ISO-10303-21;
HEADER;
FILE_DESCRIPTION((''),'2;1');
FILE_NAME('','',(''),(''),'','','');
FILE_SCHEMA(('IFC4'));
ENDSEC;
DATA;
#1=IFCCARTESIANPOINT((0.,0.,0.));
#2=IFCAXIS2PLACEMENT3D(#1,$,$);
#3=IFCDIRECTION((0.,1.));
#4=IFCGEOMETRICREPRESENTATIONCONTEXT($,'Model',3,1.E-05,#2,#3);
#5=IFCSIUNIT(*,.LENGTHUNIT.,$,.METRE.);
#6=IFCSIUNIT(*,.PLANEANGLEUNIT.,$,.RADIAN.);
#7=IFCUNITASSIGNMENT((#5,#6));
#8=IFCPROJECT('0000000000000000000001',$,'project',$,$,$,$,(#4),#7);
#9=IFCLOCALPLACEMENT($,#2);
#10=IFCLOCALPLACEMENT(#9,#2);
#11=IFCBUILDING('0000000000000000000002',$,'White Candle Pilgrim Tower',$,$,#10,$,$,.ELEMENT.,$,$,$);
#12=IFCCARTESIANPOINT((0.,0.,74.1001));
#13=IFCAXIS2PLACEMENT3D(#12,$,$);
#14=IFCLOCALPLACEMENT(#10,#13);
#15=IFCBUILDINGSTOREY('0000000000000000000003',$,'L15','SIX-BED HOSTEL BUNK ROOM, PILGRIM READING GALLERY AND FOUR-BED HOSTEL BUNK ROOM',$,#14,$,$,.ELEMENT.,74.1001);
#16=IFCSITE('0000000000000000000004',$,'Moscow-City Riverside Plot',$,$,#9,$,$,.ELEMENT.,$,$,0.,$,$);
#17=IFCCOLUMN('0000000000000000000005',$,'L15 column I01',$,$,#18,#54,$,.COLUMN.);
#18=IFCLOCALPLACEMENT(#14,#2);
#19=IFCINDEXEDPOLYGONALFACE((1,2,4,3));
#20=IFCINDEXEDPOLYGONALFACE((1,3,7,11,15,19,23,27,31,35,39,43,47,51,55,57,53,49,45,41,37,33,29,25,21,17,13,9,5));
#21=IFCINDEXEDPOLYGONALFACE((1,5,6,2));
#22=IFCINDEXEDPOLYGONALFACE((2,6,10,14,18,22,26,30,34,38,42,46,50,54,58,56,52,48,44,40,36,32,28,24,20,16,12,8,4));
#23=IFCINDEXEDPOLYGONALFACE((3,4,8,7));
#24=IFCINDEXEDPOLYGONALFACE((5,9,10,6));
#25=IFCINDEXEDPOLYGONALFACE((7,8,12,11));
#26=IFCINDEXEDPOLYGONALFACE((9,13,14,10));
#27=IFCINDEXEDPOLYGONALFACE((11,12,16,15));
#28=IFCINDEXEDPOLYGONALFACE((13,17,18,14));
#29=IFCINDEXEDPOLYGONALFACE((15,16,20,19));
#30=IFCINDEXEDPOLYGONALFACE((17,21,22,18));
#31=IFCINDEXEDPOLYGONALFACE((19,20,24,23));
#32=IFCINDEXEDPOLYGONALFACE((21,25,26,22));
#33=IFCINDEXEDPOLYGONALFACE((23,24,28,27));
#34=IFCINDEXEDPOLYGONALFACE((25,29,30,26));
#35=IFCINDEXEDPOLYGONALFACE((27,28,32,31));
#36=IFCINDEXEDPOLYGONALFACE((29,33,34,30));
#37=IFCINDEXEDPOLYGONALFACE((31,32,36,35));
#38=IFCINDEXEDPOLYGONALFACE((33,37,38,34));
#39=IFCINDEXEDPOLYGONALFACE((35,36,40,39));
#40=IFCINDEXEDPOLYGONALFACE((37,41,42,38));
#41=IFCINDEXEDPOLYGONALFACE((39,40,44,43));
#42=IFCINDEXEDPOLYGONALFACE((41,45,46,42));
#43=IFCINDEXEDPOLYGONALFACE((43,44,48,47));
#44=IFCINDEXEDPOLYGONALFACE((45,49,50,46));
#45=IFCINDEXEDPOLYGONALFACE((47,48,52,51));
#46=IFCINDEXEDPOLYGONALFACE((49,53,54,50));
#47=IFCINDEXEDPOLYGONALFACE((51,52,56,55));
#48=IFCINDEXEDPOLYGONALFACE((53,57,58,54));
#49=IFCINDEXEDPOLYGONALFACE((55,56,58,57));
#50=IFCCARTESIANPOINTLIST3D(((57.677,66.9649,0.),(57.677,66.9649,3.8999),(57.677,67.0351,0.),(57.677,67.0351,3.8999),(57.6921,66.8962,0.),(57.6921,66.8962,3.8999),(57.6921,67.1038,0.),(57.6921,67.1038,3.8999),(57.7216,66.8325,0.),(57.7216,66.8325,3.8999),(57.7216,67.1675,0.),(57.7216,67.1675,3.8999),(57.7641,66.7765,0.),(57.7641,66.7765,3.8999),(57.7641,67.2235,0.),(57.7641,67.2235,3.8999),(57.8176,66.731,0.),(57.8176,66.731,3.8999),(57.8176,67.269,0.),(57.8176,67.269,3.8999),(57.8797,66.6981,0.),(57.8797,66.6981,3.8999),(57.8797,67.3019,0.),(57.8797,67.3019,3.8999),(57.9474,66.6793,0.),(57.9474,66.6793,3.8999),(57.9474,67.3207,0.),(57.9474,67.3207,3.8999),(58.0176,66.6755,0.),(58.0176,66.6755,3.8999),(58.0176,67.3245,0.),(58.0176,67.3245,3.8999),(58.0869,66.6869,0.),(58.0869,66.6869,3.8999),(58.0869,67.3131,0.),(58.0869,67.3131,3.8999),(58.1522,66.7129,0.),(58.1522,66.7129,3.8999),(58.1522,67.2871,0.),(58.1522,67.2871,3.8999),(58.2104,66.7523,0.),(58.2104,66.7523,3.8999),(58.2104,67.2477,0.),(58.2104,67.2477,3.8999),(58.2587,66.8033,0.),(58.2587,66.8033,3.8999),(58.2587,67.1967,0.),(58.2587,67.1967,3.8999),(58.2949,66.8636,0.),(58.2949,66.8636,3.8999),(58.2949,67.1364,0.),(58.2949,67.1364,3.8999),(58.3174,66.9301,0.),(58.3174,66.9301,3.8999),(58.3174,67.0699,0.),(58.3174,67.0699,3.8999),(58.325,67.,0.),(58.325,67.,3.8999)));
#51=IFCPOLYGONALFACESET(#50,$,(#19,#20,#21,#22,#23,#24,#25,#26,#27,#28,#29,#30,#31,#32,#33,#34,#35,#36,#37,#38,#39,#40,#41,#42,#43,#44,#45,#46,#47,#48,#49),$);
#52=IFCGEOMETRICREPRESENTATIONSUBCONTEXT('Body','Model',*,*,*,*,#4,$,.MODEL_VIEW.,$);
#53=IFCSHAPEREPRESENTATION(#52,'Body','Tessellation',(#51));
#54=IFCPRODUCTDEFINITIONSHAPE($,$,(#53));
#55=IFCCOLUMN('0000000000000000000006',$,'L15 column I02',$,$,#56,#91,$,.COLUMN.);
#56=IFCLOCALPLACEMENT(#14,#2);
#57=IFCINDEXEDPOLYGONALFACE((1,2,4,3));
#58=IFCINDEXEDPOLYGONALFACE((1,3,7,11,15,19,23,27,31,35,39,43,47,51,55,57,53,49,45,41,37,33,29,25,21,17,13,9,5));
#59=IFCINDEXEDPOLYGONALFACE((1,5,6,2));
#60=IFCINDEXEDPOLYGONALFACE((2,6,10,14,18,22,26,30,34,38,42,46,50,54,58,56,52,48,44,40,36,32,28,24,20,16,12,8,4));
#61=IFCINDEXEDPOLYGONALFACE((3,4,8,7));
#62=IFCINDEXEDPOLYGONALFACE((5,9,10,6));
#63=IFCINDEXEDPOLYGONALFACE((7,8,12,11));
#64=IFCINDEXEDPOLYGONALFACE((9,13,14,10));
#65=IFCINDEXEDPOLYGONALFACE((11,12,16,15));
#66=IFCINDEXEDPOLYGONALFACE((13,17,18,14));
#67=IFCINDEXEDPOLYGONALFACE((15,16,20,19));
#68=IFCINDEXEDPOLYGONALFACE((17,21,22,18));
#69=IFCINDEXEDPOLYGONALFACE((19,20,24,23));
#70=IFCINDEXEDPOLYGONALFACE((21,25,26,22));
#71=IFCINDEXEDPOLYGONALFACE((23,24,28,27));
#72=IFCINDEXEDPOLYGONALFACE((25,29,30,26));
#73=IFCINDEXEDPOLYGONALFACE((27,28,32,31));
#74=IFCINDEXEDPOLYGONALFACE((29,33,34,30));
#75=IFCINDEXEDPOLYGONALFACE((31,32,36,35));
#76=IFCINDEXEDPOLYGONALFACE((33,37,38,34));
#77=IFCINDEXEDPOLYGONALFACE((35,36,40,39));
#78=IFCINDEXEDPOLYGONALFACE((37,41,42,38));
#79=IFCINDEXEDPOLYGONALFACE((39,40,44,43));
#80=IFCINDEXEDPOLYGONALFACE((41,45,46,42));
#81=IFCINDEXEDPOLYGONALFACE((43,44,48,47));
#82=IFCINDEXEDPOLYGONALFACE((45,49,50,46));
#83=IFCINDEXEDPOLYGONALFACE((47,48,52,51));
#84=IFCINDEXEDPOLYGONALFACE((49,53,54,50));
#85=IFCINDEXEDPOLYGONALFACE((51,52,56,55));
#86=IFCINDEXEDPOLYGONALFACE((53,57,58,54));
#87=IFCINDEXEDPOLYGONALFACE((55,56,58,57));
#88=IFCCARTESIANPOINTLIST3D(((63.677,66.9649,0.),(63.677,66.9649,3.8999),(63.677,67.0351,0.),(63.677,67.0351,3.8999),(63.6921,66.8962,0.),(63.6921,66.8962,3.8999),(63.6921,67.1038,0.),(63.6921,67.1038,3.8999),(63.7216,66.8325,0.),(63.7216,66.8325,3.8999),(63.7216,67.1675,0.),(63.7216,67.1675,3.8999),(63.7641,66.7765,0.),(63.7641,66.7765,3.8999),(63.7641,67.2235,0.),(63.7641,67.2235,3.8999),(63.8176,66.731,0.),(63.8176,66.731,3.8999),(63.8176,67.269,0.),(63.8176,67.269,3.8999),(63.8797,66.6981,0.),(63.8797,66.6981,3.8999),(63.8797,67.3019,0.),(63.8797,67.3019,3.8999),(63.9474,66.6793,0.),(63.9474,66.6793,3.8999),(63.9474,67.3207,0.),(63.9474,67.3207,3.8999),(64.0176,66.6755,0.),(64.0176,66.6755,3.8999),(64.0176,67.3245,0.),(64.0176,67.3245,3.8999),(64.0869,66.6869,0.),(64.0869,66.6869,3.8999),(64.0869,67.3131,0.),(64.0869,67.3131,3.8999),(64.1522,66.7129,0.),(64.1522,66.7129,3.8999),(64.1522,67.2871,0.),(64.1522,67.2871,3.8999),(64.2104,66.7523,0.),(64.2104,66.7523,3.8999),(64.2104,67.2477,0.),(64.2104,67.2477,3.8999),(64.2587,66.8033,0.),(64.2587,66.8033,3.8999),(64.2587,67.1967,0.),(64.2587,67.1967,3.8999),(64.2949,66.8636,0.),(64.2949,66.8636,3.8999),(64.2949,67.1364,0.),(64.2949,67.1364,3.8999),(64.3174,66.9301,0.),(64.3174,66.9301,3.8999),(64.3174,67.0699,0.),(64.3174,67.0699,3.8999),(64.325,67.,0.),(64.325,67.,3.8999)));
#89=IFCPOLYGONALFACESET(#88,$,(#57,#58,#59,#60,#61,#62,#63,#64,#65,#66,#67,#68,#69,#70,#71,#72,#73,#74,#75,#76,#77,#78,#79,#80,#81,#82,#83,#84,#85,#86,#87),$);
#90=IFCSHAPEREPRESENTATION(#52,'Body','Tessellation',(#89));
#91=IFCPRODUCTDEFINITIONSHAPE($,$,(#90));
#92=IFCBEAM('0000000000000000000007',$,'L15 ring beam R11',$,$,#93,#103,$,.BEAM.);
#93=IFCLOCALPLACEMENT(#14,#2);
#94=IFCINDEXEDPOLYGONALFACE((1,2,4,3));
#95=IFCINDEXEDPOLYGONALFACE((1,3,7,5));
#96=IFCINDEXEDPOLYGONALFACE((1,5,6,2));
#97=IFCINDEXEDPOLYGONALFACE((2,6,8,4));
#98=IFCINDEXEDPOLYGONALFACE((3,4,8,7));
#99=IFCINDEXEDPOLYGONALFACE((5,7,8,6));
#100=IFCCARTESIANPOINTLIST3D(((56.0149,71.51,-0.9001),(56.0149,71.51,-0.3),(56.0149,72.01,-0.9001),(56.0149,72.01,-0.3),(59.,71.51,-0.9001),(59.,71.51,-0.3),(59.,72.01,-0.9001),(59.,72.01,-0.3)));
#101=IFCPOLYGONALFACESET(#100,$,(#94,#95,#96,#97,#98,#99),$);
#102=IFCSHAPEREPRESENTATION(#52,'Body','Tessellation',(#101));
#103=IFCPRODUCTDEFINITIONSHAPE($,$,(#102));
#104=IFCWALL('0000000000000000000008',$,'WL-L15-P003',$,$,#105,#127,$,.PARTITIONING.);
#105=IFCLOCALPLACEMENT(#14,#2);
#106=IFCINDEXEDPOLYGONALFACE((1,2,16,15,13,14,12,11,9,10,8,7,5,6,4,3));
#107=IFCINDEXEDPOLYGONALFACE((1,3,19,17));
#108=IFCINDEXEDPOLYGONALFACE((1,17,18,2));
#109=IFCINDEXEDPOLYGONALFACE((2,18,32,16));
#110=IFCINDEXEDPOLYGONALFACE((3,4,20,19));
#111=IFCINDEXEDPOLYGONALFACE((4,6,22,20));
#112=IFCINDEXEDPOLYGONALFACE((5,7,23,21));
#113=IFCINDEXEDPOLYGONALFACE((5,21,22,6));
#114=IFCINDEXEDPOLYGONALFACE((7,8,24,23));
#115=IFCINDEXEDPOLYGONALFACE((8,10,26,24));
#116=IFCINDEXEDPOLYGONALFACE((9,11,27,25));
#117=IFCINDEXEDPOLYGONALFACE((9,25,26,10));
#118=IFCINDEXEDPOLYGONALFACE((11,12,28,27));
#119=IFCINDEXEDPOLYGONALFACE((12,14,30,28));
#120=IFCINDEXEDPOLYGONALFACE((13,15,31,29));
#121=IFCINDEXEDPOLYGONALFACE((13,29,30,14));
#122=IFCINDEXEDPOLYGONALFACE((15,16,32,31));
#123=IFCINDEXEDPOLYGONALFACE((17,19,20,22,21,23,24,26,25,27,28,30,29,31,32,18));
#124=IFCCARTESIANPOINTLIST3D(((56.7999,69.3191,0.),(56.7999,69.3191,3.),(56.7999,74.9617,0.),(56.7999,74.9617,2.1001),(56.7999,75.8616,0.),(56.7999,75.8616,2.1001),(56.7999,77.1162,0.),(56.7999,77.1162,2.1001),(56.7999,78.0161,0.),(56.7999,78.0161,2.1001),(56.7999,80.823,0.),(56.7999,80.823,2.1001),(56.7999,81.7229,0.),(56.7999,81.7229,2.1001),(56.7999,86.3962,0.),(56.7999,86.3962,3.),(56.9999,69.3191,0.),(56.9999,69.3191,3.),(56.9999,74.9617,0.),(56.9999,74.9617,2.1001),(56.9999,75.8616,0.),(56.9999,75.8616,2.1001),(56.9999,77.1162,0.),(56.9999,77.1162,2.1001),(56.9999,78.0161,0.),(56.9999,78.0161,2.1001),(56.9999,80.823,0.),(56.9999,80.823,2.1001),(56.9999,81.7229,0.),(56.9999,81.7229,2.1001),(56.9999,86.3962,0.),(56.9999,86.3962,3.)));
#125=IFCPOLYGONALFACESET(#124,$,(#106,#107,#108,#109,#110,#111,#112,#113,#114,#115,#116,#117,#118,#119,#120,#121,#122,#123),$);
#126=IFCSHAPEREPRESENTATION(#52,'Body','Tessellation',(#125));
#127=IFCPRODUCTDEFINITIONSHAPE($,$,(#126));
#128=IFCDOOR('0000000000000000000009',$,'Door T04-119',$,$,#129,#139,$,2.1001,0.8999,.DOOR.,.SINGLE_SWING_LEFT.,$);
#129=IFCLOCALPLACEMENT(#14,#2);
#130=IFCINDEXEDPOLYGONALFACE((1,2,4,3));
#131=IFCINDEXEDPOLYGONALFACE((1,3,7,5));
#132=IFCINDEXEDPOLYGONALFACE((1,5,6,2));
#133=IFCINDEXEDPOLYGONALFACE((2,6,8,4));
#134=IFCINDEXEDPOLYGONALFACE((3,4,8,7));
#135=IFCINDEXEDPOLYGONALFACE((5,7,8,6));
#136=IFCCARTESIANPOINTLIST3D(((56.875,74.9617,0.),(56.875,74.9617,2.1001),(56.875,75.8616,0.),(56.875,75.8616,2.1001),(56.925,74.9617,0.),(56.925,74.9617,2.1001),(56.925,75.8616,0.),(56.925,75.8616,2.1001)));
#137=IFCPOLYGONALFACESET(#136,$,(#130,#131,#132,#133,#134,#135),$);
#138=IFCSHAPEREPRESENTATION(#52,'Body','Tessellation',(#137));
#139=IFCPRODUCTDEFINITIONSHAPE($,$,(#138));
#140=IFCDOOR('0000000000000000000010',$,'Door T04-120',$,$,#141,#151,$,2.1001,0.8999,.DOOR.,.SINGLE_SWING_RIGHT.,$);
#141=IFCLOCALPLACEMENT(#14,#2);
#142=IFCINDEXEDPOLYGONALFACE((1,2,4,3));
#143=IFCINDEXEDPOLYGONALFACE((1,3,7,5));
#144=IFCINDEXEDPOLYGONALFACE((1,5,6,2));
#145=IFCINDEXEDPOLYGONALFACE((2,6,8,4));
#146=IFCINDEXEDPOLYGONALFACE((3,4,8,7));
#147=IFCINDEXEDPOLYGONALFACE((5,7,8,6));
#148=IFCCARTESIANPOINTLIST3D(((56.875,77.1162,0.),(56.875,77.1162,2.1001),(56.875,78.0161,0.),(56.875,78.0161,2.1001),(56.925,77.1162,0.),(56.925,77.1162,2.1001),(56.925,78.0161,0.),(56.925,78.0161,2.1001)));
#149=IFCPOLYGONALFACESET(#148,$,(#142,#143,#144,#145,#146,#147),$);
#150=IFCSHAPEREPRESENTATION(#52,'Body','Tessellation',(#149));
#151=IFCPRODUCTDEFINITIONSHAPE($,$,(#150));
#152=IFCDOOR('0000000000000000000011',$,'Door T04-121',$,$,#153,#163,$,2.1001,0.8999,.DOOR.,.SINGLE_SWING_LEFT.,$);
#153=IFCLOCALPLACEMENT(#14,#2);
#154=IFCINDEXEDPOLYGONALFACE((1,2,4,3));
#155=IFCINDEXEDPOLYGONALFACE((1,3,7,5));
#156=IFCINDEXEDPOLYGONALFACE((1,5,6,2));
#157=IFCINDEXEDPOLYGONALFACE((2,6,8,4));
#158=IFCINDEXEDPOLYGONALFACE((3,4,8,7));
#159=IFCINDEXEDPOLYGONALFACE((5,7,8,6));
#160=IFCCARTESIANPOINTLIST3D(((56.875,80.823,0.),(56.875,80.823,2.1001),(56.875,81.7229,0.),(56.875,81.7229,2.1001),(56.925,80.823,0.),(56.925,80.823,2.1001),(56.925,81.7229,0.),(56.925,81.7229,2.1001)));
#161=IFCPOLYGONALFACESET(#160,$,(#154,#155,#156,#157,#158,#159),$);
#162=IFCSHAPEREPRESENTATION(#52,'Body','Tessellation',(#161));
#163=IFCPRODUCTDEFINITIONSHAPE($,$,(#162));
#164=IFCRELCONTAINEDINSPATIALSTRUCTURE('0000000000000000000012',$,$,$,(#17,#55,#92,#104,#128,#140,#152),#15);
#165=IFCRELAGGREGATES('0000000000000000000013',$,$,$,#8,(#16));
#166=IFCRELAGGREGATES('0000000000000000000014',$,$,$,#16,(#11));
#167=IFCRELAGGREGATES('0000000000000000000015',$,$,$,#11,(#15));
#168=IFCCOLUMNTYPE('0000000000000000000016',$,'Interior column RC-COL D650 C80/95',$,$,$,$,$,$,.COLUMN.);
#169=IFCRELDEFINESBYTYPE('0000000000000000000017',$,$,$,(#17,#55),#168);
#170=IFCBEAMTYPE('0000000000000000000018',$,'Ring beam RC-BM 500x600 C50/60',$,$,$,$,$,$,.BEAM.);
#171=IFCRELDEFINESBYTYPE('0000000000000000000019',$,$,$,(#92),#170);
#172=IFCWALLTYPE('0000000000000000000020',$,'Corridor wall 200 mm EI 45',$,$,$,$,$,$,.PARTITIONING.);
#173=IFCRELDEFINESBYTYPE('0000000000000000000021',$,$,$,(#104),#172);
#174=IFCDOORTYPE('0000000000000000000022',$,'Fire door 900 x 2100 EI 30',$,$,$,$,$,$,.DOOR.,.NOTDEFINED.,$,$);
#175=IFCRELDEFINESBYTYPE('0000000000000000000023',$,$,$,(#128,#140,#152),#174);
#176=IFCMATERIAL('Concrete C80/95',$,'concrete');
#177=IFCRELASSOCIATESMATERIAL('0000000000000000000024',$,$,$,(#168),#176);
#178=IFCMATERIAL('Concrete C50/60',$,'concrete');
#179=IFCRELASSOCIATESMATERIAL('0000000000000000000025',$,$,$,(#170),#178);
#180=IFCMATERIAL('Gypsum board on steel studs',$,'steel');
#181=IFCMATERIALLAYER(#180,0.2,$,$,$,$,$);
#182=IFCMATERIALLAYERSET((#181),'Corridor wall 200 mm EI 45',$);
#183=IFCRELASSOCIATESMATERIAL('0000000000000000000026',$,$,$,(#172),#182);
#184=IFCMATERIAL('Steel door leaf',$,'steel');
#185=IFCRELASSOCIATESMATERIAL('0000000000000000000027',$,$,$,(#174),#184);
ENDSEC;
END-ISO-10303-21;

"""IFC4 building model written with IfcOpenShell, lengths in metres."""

from ifc_helpers import new_model, si_unit, direction, frame, frame_2d, origin, origin_2d, place, context, subcontext, project, spatial, rectangle, circle, extrude, material, layer, layer_set, material_profile, profile_set, type_object, element, fill, save


model = new_model("IFC4")

# Units and contexts
model_context = context("Model", 3, precision=1e-05, world=origin(), true_north=direction((0.0, 1.0)))
body_context = subcontext(model_context, "Body", "Model", "MODEL_VIEW")
ifc_project = project(units=[si_unit("LENGTHUNIT", "METRE"), si_unit("PLANEANGLEUNIT", "RADIAN")], contexts=[model_context])

# Site, building, storey
site_placement = place(None, origin())
site = spatial("IfcSite", under=ifc_project, at=site_placement, Name="Moscow-City Riverside Plot", CompositionType="ELEMENT", RefElevation=0.0)
building_placement = place(site_placement, origin())
building = spatial("IfcBuilding", under=site, at=building_placement, Name="White Candle Pilgrim Tower", CompositionType="ELEMENT")
storey_placement = place(building_placement, frame((0.0, 0.0, 74.1001)))
storey = spatial("IfcBuildingStorey", under=building, at=storey_placement, Name="L15", Description="SIX-BED HOSTEL BUNK ROOM, PILGRIM READING GALLERY AND FOUR-BED HOSTEL BUNK ROOM", CompositionType="ELEMENT", Elevation=74.1001)

# Columns
ifc_material_1 = material(Name="Concrete C80/95", Category="concrete")
ifc_material_profile_1 = material_profile(ifc_material_1, circle(Radius=0.325, at=origin_2d()), Name="RC-COL D650")
ifc_profile_set_1 = profile_set([ifc_material_profile_1], Name="Concrete C80/95")
column_type = type_object("IfcColumnType", Name="Interior column RC-COL D650 C80/95", PredefinedType="COLUMN", material=ifc_profile_set_1)
for number, where, z_axis, x_axis, name in (
    (1, (58.0, 67.0, 0.0), (0.0, 0.0, 1.0), (1.0, 0.0, 0.0), "L15 column I01"),
    (2, (64.0, 67.0, 0.0), (0.0, 0.0, 1.0), (1.0, 0.0, 0.0), "L15 column I02"),
):
    element("IfcColumn", number, at=place(storey_placement, frame(where, z_axis=z_axis, x_axis=x_axis)), inside=storey, type_object=column_type, Name=name, PredefinedType="COLUMN", context=body_context, shape_type="SweptSolid", body=[
        extrude(circle(Radius=0.325, at=origin_2d()), origin(), (0.0, 0.0, 1.0), 3.8999),
    ])

# Beam
ifc_material_2 = material(Name="Concrete C50/60", Category="concrete")
ifc_material_profile_2 = material_profile(ifc_material_2, rectangle(XDim=0.5, YDim=0.6001, at=origin_2d()), Name="RC-BM 500x600")
ifc_profile_set_2 = profile_set([ifc_material_profile_2], Name="Concrete C50/60")
beam_type = type_object("IfcBeamType", Name="Ring beam RC-BM 500x600 C50/60", PredefinedType="BEAM", material=ifc_profile_set_2)
beam_placement = place(storey_placement, frame((56.0149, 71.76, -0.6001), z_axis=(1.0, 0.0, 0.0), x_axis=(0.0, 1.0, 0.0)))
element("IfcBeam", 3, at=beam_placement, inside=storey, type_object=beam_type, Name="L15 ring beam R11", PredefinedType="BEAM", context=body_context, shape_type="SweptSolid", body=[
    extrude(rectangle(XDim=0.5, YDim=0.6001, at=origin_2d()), origin(), (0.0, 0.0, 1.0), 2.9851),
])

# Wall, openings, doors
ifc_material_3 = material(Name="Gypsum board on steel studs", Category="steel")
ifc_layer_1 = layer(ifc_material_3, 0.2)
ifc_layer_set_1 = layer_set([ifc_layer_1], Name="Corridor wall 200 mm EI 45")
wall_type_1 = type_object("IfcWallType", Name="Corridor wall 200 mm EI 45", PredefinedType="PARTITIONING", material=ifc_layer_set_1)
wall_1_placement = place(storey_placement, frame((56.8999, 69.3191, 0.0), z_axis=(0.0, 0.0, 1.0), x_axis=(0.0, 1.0, 0.0)))
wall_1 = element("IfcWall", 4, at=wall_1_placement, inside=storey, type_object=wall_type_1, Name="WL-L15-P003", PredefinedType="PARTITIONING", context=body_context, shape_type="SweptSolid", body=[
    extrude(rectangle(XDim=17.0771, YDim=0.2, at=frame_2d((8.5386, 0.0))), origin(), (0.0, 0.0, 1.0), 3.0),
])
opening_1_placement = place(wall_1_placement, frame((5.6426, 0.0, 0.0)))
opening_1 = element("IfcOpeningElement", 5, at=opening_1_placement, cuts=wall_1, PredefinedType="OPENING", context=body_context, shape_type="SweptSolid", body=[
    extrude(rectangle(XDim=0.8999, YDim=2.1001, at=frame_2d((0.45, 1.05))), frame((0.0, 0.1099, 0.0), z_axis=(0.0, -1.0, 0.0), x_axis=(1.0, 0.0, 0.0)), (0.0, 0.0, 1.0), 0.22),
])
opening_2_placement = place(wall_1_placement, frame((7.7971, 0.0, 0.0)))
opening_2 = element("IfcOpeningElement", 6, at=opening_2_placement, cuts=wall_1, PredefinedType="OPENING", context=body_context, shape_type="SweptSolid", body=[
    extrude(rectangle(XDim=0.8999, YDim=2.1001, at=frame_2d((0.45, 1.05))), frame((0.0, 0.1099, 0.0), z_axis=(0.0, -1.0, 0.0), x_axis=(1.0, 0.0, 0.0)), (0.0, 0.0, 1.0), 0.22),
])
opening_3_placement = place(wall_1_placement, frame((11.5039, 0.0, 0.0)))
opening_3 = element("IfcOpeningElement", 7, at=opening_3_placement, cuts=wall_1, PredefinedType="OPENING", context=body_context, shape_type="SweptSolid", body=[
    extrude(rectangle(XDim=0.8999, YDim=2.1001, at=frame_2d((0.45, 1.05))), frame((0.0, 0.1099, 0.0), z_axis=(0.0, -1.0, 0.0), x_axis=(1.0, 0.0, 0.0)), (0.0, 0.0, 1.0), 0.22),
])
ifc_material_4 = material(Name="Steel door leaf", Category="steel")
door_type_1 = type_object("IfcDoorType", Name="Fire door 900 x 2100 EI 30", OperationType="NOTDEFINED", PredefinedType="DOOR", material=ifc_material_4)
door_1_placement = place(opening_1_placement, origin())
door_1 = element("IfcDoor", 8, at=door_1_placement, inside=storey, type_object=door_type_1, Name="Door T04-119", OperationType="SINGLE_SWING_LEFT", OverallHeight=2.1001, OverallWidth=0.8999, PredefinedType="DOOR", context=body_context, shape_type="SweptSolid", body=[
    extrude(rectangle(XDim=0.8999, YDim=2.1001, at=frame_2d((0.45, 1.05))), frame((0.0, 0.0249, 0.0), z_axis=(0.0, -1.0, 0.0), x_axis=(1.0, 0.0, 0.0)), (0.0, 0.0, 1.0), 0.05),
])
fill(opening_1, door_1)
door_2_placement = place(opening_2_placement, origin())
door_2 = element("IfcDoor", 9, at=door_2_placement, inside=storey, type_object=door_type_1, Name="Door T04-120", OperationType="SINGLE_SWING_RIGHT", OverallHeight=2.1001, OverallWidth=0.8999, PredefinedType="DOOR", context=body_context, shape_type="SweptSolid", body=[
    extrude(rectangle(XDim=0.8999, YDim=2.1001, at=frame_2d((0.45, 1.05))), frame((0.0, 0.0249, 0.0), z_axis=(0.0, -1.0, 0.0), x_axis=(1.0, 0.0, 0.0)), (0.0, 0.0, 1.0), 0.05),
])
fill(opening_2, door_2)
door_3_placement = place(opening_3_placement, origin())
door_3 = element("IfcDoor", 10, at=door_3_placement, inside=storey, type_object=door_type_1, Name="Door T04-121", OperationType="SINGLE_SWING_LEFT", OverallHeight=2.1001, OverallWidth=0.8999, PredefinedType="DOOR", context=body_context, shape_type="SweptSolid", body=[
    extrude(rectangle(XDim=0.8999, YDim=2.1001, at=frame_2d((0.45, 1.05))), frame((0.0, 0.0249, 0.0), z_axis=(0.0, -1.0, 0.0), x_axis=(1.0, 0.0, 0.0)), (0.0, 0.0, 1.0), 0.05),
])
fill(opening_3, door_3)

save(model, "model.ifc")
